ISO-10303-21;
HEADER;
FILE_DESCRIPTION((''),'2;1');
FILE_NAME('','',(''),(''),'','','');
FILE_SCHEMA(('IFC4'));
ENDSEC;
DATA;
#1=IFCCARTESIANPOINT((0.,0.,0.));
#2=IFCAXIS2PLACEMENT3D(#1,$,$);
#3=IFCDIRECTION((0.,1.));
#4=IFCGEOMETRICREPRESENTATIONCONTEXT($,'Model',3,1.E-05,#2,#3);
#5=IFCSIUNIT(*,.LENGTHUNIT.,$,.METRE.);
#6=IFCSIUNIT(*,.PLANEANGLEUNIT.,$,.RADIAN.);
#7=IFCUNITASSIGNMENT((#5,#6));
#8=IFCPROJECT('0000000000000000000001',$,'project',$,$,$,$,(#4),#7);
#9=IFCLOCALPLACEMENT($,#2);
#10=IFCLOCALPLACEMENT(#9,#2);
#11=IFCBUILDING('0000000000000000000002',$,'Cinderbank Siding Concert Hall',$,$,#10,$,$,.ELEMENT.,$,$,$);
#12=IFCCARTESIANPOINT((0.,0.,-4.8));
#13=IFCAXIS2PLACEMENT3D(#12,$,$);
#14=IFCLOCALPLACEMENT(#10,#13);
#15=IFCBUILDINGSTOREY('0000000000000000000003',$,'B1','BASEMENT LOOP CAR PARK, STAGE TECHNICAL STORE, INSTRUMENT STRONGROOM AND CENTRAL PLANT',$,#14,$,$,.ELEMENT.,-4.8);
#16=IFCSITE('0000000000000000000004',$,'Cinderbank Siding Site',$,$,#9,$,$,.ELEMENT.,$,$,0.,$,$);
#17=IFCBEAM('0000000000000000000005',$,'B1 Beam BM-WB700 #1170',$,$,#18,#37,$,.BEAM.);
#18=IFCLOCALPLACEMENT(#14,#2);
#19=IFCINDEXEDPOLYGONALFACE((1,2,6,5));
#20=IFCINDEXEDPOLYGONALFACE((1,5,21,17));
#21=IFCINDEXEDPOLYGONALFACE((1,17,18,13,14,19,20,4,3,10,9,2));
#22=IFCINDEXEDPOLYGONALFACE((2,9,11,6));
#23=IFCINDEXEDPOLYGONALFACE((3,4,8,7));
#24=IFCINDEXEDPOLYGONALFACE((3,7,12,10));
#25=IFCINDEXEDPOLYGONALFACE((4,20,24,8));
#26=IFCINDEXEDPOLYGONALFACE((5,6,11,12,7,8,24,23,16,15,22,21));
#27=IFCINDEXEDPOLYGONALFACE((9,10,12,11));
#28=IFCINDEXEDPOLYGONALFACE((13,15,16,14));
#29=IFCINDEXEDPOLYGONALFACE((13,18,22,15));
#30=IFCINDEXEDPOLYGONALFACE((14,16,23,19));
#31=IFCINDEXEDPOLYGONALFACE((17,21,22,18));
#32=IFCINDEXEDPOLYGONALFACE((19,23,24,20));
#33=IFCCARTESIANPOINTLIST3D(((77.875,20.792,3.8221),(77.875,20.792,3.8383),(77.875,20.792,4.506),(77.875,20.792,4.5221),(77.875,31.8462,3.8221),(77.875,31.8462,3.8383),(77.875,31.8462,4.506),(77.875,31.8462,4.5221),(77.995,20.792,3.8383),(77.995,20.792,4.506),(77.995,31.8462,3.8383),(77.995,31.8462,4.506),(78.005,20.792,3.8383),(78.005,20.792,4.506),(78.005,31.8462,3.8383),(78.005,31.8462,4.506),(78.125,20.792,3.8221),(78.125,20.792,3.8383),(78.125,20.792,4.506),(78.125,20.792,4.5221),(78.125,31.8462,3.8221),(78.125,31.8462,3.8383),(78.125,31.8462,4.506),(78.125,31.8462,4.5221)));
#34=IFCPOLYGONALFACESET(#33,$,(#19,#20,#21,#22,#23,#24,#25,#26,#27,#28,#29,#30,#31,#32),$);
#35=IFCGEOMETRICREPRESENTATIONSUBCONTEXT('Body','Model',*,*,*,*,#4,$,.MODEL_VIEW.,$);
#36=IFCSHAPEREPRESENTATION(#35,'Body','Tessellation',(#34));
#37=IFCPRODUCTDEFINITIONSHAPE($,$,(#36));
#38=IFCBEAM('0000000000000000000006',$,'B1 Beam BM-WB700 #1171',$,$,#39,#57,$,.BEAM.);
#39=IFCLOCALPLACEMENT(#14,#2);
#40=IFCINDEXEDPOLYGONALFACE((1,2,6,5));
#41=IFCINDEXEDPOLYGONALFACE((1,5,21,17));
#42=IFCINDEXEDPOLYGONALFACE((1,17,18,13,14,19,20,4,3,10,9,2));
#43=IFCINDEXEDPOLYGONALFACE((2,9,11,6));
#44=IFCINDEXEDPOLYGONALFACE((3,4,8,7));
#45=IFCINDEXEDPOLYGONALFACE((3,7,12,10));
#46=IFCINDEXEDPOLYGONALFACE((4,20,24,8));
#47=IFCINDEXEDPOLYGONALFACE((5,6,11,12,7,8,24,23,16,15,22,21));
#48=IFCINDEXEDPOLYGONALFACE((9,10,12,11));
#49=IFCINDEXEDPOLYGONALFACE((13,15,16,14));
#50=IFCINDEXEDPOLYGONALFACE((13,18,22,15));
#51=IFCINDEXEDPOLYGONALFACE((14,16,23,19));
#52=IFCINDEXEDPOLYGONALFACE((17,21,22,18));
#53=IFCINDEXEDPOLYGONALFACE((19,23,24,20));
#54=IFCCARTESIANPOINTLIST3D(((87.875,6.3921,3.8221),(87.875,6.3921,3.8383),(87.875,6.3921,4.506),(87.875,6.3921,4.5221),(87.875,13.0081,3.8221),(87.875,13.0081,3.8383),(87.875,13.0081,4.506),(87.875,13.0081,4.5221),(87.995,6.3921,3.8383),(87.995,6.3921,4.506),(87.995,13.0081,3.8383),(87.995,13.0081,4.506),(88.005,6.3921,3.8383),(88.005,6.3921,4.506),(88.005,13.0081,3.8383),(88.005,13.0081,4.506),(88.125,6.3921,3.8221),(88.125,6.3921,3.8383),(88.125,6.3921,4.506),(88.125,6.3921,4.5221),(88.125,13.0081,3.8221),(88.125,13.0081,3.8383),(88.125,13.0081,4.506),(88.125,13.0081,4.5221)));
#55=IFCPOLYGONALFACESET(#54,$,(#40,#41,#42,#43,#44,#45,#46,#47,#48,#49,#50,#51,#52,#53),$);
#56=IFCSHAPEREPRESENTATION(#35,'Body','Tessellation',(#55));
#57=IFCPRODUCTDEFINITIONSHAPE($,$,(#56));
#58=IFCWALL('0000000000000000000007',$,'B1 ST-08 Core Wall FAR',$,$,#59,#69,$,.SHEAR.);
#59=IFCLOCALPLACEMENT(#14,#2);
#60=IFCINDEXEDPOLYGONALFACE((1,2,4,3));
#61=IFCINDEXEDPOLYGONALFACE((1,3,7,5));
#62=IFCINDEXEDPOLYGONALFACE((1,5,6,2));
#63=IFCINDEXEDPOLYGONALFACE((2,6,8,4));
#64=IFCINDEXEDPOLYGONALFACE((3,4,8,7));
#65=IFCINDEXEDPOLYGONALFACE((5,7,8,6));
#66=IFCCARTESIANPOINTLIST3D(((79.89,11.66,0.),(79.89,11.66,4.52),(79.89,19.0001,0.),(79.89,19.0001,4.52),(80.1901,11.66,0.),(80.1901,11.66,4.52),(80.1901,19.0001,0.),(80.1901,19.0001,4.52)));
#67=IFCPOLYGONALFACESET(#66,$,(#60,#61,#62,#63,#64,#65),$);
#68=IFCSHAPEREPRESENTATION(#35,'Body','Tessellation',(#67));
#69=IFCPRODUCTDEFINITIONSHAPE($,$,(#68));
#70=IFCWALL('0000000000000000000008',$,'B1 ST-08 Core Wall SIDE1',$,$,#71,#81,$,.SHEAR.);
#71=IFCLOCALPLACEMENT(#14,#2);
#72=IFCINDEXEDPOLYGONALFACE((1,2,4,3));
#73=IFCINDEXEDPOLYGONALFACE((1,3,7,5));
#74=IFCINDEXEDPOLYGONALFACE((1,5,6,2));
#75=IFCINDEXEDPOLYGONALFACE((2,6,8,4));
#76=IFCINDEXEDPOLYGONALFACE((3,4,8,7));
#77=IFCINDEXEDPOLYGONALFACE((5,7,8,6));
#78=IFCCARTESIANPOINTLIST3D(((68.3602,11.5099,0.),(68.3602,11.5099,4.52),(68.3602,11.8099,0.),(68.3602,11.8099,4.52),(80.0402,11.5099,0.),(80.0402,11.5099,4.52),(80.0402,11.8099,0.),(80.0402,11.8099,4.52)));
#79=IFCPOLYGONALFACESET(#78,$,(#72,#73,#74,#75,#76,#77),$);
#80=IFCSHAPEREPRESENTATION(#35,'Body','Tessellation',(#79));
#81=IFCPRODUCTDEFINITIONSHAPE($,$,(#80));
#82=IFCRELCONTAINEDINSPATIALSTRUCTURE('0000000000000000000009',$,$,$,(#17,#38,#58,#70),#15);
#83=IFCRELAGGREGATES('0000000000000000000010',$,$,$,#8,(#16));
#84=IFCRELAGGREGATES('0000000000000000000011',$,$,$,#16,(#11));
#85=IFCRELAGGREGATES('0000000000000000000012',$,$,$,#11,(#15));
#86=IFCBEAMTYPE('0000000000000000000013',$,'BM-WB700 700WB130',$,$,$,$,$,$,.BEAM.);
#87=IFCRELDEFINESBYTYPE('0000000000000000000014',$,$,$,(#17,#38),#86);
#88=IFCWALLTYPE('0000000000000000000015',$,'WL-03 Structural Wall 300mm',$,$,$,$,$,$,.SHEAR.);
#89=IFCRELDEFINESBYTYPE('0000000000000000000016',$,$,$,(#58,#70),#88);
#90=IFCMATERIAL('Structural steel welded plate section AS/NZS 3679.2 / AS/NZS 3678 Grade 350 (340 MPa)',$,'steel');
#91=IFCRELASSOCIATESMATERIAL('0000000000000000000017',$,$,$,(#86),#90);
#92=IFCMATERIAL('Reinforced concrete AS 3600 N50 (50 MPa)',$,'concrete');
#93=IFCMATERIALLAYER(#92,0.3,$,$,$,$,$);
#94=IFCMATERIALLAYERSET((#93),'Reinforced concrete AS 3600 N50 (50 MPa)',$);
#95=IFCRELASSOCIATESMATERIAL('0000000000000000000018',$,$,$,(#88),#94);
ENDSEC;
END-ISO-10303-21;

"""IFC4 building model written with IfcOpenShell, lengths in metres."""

from ifc_helpers import new_model, si_unit, direction, frame, frame_2d, origin, origin_2d, place, context, subcontext, project, spatial, rectangle, i_section, extrude, material, layer, layer_set, material_profile, profile_set, type_object, element, save


model = new_model("IFC4")

# Units and contexts
model_context = context("Model", 3, precision=1e-05, world=origin(), true_north=direction((0.0, 1.0)))
body_context = subcontext(model_context, "Body", "Model", "MODEL_VIEW")
ifc_project = project(units=[si_unit("LENGTHUNIT", "METRE"), si_unit("PLANEANGLEUNIT", "RADIAN")], contexts=[model_context])

# Site, building, storey
site_placement = place(None, origin())
site = spatial("IfcSite", under=ifc_project, at=site_placement, Name="Cinderbank Siding Site", CompositionType="ELEMENT", RefElevation=0.0)
building_placement = place(site_placement, origin())
building = spatial("IfcBuilding", under=site, at=building_placement, Name="Cinderbank Siding Concert Hall", CompositionType="ELEMENT")
storey_placement = place(building_placement, frame((0.0, 0.0, -4.8)))
storey = spatial("IfcBuildingStorey", under=building, at=storey_placement, Name="B1", Description="BASEMENT LOOP CAR PARK, STAGE TECHNICAL STORE, INSTRUMENT STRONGROOM AND CENTRAL PLANT", CompositionType="ELEMENT", Elevation=-4.8)

# Shared definitions
ifc_material_1 = material(Name="Reinforced concrete AS 3600 N50 (50 MPa)", Category="concrete")

# Beams
ifc_material_2 = material(Name="Structural steel welded plate section AS/NZS 3679.2 / AS/NZS 3678 Grade 350 (340 MPa)", Category="steel")
ifc_material_profile_1 = material_profile(ifc_material_2, i_section(OverallWidth=0.25, OverallDepth=0.7, WebThickness=0.01, FlangeThickness=0.0161, at=origin_2d()), Name="700WB130", Category="LoadBearing")
ifc_profile_set_1 = profile_set([ifc_material_profile_1], Name="Structural steel welded plate section AS/NZS 3679.2 / AS/NZS 3678 Grade 350 (340 MPa)")
beam_type_1 = type_object("IfcBeamType", Name="BM-WB700 700WB130", PredefinedType="BEAM", material=ifc_profile_set_1)
beam_1_placement = place(storey_placement, frame((78.0, 20.792, 4.1721), z_axis=(0.0, 1.0, 0.0), x_axis=(-1.0, 0.0, 0.0)))
element("IfcBeam", 1, at=beam_1_placement, inside=storey, type_object=beam_type_1, Name="B1 Beam BM-WB700 #1170", PredefinedType="BEAM", context=body_context, shape_type="SweptSolid", body=[
    extrude(i_section(OverallWidth=0.25, OverallDepth=0.7, WebThickness=0.01, FlangeThickness=0.0161, at=origin_2d()), origin(), (0.0, 0.0, 1.0), 11.0542),
])
beam_2_placement = place(storey_placement, frame((88.0, 6.3921, 4.1721), z_axis=(0.0, 1.0, 0.0), x_axis=(-1.0, 0.0, 0.0)))
element("IfcBeam", 2, at=beam_2_placement, inside=storey, type_object=beam_type_1, Name="B1 Beam BM-WB700 #1171", PredefinedType="BEAM", context=body_context, shape_type="SweptSolid", body=[
    extrude(i_section(OverallWidth=0.25, OverallDepth=0.7, WebThickness=0.01, FlangeThickness=0.0161, at=origin_2d()), origin(), (0.0, 0.0, 1.0), 6.616),
])

# Walls
ifc_layer_1 = layer(ifc_material_1, 0.3)
ifc_layer_set_1 = layer_set([ifc_layer_1], Name="Reinforced concrete AS 3600 N50 (50 MPa)")
wall_type = type_object("IfcWallType", Name="WL-03 Structural Wall 300mm", PredefinedType="SHEAR", material=ifc_layer_set_1)
wall_1_placement = place(storey_placement, frame((80.04, 19.0, 0.0), z_axis=(0.0, 0.0, 1.0), x_axis=(0.0, -1.0, 0.0)))
element("IfcWall", 3, at=wall_1_placement, inside=storey, type_object=wall_type, Name="B1 ST-08 Core Wall FAR", PredefinedType="SHEAR", context=body_context, shape_type="SweptSolid", body=[
    extrude(rectangle(XDim=7.3401, YDim=0.3, at=frame_2d((3.6699, 0.0))), origin(), (0.0, 0.0, 1.0), 4.52),
])
wall_2_placement = place(storey_placement, frame((80.04, 11.6599, 0.0), z_axis=(0.0, 0.0, 1.0), x_axis=(-1.0, 0.0, 0.0)))
element("IfcWall", 4, at=wall_2_placement, inside=storey, type_object=wall_type, Name="B1 ST-08 Core Wall SIDE1", PredefinedType="SHEAR", context=body_context, shape_type="SweptSolid", body=[
    extrude(rectangle(XDim=11.6799, YDim=0.3, at=frame_2d((5.8398, 0.0))), origin(), (0.0, 0.0, 1.0), 4.52),
])

save(model, "model.ifc")
